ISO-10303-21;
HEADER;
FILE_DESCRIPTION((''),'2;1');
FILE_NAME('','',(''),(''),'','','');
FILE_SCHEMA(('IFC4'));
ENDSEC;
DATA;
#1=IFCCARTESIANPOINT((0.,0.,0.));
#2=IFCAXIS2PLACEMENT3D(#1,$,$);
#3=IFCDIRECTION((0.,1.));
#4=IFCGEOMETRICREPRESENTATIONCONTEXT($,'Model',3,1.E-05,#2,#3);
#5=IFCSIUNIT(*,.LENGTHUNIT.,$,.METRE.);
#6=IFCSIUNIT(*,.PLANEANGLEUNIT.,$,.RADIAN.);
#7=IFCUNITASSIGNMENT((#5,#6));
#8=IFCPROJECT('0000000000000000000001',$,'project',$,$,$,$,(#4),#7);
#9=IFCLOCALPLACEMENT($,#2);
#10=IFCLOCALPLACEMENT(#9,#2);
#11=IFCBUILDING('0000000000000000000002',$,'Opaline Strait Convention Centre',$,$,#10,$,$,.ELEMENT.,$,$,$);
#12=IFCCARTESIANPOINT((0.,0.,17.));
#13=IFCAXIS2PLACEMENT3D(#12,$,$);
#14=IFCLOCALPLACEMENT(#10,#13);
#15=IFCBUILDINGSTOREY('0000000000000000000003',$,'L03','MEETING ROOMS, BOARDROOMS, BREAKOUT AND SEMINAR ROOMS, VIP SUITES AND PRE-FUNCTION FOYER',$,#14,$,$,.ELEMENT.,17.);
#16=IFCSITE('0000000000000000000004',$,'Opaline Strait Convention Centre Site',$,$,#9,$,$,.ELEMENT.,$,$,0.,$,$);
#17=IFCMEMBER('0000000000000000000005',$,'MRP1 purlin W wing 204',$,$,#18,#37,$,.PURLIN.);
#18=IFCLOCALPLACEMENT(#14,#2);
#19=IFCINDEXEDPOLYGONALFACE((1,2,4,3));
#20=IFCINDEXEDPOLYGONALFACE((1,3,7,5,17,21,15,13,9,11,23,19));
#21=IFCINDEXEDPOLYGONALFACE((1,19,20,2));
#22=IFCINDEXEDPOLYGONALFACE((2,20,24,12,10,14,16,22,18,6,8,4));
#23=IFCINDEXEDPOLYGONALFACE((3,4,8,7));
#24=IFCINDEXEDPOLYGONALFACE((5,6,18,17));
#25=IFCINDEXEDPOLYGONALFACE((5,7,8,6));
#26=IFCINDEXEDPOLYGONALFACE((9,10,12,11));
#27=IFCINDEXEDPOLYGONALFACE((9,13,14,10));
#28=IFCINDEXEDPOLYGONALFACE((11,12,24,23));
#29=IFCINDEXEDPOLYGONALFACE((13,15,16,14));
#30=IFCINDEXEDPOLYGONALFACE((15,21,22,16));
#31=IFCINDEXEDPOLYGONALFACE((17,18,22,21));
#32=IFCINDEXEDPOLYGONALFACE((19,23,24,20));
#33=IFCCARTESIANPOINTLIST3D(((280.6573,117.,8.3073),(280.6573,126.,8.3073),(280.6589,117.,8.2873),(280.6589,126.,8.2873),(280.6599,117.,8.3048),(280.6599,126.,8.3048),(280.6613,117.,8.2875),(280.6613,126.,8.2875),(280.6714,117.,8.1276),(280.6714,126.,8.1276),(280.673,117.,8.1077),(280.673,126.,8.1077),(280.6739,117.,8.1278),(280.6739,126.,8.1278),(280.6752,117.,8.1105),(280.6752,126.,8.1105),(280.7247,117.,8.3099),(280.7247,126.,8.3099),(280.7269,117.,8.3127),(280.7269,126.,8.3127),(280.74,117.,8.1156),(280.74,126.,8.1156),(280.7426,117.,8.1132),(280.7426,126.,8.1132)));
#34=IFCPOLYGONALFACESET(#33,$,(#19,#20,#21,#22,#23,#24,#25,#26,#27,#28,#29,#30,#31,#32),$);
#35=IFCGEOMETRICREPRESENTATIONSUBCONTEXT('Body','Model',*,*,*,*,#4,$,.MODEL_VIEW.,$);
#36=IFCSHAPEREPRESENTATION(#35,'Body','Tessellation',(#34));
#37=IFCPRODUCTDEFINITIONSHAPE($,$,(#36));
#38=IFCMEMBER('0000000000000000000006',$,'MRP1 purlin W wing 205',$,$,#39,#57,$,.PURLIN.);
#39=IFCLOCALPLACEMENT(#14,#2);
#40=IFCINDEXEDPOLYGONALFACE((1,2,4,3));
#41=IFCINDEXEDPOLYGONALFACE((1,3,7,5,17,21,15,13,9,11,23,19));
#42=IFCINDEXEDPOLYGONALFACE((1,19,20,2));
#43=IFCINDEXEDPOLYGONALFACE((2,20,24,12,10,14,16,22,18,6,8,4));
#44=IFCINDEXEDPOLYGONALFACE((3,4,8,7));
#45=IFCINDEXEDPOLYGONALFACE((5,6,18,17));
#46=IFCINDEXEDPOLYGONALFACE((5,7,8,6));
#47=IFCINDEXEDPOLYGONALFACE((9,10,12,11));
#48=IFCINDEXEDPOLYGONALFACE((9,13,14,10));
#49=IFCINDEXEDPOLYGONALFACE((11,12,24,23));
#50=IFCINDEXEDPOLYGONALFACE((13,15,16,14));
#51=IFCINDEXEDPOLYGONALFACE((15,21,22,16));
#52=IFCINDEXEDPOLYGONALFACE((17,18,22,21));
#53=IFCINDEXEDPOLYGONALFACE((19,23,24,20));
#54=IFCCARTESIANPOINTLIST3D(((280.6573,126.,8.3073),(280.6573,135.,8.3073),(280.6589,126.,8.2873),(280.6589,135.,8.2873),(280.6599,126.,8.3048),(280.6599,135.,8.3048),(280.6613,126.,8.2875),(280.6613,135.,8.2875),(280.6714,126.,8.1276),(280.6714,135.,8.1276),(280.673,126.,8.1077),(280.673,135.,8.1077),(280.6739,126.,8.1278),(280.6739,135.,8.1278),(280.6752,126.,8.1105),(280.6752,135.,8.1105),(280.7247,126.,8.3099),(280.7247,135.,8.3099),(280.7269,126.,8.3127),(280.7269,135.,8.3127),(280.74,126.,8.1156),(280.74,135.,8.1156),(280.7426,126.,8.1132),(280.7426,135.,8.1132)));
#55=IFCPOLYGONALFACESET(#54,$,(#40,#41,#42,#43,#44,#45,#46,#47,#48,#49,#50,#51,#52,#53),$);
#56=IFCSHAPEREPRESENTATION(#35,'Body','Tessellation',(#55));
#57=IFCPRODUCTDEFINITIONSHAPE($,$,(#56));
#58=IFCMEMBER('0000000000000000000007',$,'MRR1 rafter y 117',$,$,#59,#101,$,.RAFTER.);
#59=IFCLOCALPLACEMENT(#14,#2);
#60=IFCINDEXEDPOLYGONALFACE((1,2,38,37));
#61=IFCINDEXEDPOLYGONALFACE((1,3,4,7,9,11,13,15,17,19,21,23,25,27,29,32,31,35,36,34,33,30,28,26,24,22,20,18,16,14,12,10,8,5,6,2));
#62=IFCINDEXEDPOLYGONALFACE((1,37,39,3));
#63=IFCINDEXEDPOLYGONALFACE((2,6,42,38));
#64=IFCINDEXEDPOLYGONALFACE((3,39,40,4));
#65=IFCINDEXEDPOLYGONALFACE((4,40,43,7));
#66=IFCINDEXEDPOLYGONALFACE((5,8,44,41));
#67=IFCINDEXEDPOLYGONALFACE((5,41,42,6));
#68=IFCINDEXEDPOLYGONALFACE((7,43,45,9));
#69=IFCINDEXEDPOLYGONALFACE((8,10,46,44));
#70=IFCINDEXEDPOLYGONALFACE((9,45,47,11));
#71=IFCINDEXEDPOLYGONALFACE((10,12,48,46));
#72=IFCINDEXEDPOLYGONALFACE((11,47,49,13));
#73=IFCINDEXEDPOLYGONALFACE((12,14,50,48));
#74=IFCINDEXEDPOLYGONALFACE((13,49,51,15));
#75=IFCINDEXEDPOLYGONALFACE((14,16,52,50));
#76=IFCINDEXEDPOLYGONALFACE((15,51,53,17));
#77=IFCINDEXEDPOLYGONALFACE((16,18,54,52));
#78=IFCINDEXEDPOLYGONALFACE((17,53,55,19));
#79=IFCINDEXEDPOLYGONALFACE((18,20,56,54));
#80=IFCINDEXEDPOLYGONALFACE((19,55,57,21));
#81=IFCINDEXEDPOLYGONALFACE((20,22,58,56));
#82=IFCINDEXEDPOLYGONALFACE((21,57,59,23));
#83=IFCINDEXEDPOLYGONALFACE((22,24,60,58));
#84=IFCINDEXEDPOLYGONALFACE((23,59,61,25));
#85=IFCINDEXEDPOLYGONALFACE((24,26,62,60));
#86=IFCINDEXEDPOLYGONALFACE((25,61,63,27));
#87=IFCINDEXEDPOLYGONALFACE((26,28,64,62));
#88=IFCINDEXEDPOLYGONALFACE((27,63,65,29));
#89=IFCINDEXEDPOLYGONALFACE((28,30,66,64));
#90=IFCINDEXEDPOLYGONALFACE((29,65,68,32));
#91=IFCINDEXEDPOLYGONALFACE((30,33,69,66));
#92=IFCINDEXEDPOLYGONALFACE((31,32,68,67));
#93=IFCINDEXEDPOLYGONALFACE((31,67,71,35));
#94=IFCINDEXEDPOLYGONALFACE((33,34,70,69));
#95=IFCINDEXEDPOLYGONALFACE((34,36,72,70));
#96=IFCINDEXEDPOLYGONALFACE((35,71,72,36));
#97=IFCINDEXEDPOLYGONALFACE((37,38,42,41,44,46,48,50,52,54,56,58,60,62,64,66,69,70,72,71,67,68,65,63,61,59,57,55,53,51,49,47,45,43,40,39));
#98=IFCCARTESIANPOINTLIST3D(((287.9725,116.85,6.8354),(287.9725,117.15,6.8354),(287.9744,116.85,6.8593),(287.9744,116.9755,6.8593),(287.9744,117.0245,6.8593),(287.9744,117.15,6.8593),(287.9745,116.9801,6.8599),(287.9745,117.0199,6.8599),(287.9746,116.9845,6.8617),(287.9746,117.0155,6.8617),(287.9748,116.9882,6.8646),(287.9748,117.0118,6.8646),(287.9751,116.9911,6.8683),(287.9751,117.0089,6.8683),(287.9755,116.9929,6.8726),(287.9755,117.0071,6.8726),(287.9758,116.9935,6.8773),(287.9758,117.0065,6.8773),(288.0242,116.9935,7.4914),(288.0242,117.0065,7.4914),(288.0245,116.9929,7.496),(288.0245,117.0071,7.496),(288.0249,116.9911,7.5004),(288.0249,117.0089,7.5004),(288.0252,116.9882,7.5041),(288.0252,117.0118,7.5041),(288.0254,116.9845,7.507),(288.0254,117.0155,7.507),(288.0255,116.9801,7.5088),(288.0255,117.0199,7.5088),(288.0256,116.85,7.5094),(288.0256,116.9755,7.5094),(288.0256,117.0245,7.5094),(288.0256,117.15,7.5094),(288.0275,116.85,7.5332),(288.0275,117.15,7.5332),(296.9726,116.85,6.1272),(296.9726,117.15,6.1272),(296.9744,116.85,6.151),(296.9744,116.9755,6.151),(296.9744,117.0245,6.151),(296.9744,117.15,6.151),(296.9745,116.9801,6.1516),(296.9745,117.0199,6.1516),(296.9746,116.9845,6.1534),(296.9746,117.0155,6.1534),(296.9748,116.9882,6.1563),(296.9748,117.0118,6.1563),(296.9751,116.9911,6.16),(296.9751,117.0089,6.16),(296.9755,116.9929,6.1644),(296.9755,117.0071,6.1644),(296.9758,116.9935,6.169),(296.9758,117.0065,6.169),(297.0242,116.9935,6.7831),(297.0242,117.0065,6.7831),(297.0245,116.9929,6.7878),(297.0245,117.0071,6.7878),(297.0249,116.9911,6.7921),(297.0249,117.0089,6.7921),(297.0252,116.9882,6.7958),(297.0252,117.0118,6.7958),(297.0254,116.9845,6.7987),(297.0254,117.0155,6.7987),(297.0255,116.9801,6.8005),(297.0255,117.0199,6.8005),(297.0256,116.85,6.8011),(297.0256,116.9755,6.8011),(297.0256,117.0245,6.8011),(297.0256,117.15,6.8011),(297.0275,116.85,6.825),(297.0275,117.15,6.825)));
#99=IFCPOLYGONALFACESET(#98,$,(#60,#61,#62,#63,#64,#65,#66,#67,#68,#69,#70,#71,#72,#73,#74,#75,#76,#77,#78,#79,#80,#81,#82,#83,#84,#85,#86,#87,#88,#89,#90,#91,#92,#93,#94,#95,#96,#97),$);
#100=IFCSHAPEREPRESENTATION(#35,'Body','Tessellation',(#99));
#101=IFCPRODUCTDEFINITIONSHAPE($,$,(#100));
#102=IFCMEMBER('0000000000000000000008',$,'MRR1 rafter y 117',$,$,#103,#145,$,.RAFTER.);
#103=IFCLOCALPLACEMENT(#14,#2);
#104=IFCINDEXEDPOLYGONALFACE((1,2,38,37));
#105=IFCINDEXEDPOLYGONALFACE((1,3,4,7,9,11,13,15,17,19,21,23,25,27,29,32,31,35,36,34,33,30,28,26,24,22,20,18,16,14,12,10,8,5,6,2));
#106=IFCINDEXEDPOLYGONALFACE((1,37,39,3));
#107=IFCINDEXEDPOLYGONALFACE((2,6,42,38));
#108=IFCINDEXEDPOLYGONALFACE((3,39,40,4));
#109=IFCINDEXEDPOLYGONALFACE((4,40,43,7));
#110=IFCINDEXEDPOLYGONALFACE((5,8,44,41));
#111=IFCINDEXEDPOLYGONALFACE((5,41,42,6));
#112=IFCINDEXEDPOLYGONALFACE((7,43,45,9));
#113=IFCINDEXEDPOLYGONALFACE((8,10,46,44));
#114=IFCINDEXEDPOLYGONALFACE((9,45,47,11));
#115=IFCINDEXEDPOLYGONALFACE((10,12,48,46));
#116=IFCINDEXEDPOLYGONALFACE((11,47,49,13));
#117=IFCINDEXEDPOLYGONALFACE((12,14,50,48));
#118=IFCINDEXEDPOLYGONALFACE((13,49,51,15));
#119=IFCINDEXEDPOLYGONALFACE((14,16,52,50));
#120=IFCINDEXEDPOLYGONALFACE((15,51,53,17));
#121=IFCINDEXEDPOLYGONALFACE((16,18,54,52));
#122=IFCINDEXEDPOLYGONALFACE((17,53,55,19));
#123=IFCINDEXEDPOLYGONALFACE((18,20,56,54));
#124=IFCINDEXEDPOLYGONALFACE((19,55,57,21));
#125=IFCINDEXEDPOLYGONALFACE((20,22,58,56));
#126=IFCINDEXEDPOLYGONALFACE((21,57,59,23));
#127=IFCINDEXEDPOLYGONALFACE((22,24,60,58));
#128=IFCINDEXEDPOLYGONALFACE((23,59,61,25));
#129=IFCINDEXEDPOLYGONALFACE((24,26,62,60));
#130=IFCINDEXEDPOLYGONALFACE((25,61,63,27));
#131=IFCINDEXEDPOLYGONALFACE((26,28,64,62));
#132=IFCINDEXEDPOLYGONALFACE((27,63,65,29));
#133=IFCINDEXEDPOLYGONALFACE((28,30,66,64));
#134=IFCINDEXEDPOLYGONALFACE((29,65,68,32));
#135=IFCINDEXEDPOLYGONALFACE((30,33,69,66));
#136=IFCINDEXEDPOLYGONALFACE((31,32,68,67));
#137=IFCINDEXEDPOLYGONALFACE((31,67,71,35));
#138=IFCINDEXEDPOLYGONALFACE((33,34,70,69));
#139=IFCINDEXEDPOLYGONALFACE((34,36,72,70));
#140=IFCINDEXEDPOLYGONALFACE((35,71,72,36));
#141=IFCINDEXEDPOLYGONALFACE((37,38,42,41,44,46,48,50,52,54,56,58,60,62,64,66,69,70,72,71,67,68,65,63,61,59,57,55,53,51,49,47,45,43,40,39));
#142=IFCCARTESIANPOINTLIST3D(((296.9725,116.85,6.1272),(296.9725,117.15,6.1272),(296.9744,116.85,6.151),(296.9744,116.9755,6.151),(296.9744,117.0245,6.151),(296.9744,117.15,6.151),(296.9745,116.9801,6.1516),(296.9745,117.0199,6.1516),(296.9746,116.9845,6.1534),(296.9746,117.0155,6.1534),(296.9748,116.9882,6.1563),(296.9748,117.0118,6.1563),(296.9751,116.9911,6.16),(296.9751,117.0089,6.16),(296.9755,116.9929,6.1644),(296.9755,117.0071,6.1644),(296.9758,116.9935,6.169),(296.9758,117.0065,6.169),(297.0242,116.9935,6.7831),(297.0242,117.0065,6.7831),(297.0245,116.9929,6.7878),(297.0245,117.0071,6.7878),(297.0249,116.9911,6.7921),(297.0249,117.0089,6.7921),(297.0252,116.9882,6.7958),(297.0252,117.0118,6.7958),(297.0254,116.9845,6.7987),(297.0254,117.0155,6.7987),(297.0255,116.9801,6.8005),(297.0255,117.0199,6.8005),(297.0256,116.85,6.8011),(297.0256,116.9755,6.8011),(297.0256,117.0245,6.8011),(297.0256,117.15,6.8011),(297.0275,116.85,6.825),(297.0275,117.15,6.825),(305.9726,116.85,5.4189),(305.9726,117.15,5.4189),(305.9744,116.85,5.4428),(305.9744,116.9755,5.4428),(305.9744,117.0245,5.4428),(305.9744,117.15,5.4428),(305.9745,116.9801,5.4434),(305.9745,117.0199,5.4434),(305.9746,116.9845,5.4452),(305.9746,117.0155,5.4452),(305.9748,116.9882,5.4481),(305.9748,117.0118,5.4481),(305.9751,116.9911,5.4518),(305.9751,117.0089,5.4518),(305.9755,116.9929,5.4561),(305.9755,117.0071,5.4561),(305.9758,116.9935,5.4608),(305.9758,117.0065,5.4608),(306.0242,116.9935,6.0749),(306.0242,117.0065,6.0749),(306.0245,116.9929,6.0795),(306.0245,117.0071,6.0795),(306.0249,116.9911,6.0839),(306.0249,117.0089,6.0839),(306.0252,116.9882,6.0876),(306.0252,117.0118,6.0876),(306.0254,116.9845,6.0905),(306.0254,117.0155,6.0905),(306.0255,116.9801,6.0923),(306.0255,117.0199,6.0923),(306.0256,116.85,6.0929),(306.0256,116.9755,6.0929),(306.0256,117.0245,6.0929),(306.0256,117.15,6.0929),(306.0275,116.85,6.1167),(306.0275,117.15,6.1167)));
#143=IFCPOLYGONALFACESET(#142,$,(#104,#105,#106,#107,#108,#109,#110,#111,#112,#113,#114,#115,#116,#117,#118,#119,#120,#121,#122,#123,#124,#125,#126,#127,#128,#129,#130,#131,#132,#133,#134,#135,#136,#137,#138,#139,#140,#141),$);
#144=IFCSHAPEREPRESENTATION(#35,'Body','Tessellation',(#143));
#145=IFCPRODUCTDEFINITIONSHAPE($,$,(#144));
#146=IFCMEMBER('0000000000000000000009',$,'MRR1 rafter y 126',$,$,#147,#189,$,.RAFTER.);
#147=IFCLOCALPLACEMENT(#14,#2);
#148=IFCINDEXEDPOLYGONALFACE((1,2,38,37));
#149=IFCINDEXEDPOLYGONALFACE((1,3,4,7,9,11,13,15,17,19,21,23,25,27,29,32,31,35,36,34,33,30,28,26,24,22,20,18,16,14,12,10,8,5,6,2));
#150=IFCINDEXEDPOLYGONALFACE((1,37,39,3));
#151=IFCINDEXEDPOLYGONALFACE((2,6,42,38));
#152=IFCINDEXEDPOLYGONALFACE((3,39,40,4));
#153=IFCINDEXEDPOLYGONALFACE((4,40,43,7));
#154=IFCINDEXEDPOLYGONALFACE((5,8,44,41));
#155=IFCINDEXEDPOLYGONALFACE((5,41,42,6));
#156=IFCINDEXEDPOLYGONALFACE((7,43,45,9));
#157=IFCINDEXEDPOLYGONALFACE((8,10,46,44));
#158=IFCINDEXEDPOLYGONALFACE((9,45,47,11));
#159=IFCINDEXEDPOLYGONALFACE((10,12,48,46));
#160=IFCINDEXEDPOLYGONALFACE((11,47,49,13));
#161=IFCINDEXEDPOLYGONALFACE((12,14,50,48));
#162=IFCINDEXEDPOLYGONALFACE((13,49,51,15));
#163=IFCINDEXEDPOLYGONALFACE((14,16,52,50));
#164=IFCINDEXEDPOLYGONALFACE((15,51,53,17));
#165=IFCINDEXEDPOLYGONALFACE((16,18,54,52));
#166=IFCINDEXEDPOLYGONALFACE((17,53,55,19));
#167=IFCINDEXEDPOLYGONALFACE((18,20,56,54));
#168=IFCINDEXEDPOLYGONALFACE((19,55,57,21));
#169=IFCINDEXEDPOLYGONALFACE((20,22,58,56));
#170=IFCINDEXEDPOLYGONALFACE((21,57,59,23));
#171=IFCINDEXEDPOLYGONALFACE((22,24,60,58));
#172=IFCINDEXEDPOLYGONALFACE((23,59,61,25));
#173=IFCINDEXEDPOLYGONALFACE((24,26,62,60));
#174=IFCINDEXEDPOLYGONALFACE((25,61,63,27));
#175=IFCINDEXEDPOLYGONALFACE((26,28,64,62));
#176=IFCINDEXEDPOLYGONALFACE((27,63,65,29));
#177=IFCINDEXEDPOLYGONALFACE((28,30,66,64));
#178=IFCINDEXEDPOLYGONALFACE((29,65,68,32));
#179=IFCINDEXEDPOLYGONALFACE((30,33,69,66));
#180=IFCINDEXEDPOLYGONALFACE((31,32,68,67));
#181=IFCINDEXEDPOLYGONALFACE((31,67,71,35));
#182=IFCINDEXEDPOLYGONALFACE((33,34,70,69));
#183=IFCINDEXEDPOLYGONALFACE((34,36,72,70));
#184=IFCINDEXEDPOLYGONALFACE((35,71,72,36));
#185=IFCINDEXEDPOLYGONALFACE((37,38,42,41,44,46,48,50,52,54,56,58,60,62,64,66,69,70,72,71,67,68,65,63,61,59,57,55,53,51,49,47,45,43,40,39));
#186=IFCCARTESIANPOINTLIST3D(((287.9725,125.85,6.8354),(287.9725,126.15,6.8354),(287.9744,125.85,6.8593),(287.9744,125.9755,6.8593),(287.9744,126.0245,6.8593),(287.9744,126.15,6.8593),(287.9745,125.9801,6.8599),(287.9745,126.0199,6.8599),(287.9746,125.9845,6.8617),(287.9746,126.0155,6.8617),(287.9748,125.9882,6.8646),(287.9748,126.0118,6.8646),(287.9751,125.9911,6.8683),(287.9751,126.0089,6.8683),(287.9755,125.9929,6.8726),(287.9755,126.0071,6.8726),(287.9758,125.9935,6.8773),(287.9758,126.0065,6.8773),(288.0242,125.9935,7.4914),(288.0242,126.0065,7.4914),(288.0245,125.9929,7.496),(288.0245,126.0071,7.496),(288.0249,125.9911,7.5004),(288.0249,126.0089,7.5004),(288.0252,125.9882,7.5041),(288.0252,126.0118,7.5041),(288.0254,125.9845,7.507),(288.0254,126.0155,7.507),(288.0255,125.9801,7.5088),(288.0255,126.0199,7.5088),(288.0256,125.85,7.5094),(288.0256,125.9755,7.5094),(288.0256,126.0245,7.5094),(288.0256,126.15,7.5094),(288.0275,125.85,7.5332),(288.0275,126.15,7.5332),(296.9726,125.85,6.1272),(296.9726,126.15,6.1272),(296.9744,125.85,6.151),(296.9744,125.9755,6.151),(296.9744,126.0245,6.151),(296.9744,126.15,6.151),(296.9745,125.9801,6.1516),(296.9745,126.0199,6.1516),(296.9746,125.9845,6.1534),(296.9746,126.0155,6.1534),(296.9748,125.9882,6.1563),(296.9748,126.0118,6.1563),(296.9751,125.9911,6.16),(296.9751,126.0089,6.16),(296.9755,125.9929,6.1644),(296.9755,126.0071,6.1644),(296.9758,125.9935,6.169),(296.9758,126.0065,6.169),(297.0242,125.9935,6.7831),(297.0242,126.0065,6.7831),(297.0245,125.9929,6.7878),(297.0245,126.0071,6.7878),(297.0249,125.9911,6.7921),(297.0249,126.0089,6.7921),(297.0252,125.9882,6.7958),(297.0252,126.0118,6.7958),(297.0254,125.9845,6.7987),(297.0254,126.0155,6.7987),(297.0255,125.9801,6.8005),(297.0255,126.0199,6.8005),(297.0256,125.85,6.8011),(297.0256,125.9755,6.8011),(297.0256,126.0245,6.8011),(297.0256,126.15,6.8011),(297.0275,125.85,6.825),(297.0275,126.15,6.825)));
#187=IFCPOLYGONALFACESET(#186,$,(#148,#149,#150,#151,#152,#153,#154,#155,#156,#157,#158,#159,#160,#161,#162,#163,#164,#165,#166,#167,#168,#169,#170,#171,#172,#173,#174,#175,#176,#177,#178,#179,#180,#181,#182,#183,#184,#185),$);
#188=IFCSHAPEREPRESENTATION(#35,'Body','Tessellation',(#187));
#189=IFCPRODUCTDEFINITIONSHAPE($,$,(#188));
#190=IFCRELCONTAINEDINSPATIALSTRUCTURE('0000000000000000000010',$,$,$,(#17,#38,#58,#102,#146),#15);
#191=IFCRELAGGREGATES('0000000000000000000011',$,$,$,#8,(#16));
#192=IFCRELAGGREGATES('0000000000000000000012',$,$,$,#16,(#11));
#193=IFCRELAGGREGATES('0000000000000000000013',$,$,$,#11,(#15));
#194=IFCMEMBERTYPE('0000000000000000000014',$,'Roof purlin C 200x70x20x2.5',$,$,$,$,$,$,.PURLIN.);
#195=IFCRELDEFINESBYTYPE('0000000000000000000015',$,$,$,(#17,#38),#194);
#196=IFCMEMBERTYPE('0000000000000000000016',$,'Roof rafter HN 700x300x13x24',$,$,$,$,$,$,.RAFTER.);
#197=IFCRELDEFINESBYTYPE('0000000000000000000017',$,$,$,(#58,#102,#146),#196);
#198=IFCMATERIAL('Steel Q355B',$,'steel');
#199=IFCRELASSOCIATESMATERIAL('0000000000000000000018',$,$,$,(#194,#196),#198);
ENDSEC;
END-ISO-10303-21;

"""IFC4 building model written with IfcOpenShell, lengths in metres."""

from ifc_helpers import new_model, si_unit, direction, frame, origin, origin_2d, place, context, subcontext, project, spatial, polyline, i_section, outline, extrude, material, material_profile, profile_set, type_object, element, save


model = new_model("IFC4")

# Units and contexts
model_context = context("Model", 3, precision=1e-05, world=origin(), true_north=direction((0.0, 1.0)))
body_context = subcontext(model_context, "Body", "Model", "MODEL_VIEW")
ifc_project = project(units=[si_unit("LENGTHUNIT", "METRE"), si_unit("PLANEANGLEUNIT", "RADIAN")], contexts=[model_context])

# Site, building, storey
site_placement = place(None, origin())
site = spatial("IfcSite", under=ifc_project, at=site_placement, Name="Opaline Strait Convention Centre Site", CompositionType="ELEMENT", RefElevation=0.0)
building_placement = place(site_placement, origin())
building = spatial("IfcBuilding", under=site, at=building_placement, Name="Opaline Strait Convention Centre", CompositionType="ELEMENT")
storey_placement = place(building_placement, frame((0.0, 0.0, 17.0)))
storey = spatial("IfcBuildingStorey", under=building, at=storey_placement, Name="L03", Description="MEETING ROOMS, BOARDROOMS, BREAKOUT AND SEMINAR ROOMS, VIP SUITES AND PRE-FUNCTION FOYER", CompositionType="ELEMENT", Elevation=17.0)

# Shared definitions
ifc_material_1 = material(Name="Steel Q355B", Category="steel")

# Members
ifc_material_profile_1 = material_profile(ifc_material_1, outline(polyline([(-0.0349, -0.1001), (0.0349, -0.1001), (0.0349, -0.0801), (0.0325, -0.0801), (0.0325, -0.0974), (-0.0325, -0.0974), (-0.0325, 0.0974), (0.0325, 0.0974), (0.0325, 0.0801), (0.0349, 0.0801), (0.0349, 0.1001), (-0.0349, 0.1001), (-0.0349, -0.1001)])), Name="C 200x70x20x2.5")
ifc_profile_set_1 = profile_set([ifc_material_profile_1], Name="Steel Q355B")
member_type_1 = type_object("IfcMemberType", Name="Roof purlin C 200x70x20x2.5", PredefinedType="PURLIN", material=ifc_profile_set_1)
for number, where, z_axis, x_axis, name in (
    (1, (280.7, 117.0, 8.2102), (0.0, 1.0, 0.0), (-0.996917, 0.0, -0.078459), "MRP1 purlin W wing 204"),
    (2, (280.7, 126.0, 8.2102), (0.0, 1.0, 0.0), (-0.996917, 0.0, -0.078459), "MRP1 purlin W wing 205"),
):
    element("IfcMember", number, at=place(storey_placement, frame(where, z_axis=z_axis, x_axis=x_axis)), inside=storey, type_object=member_type_1, Name=name, PredefinedType="PURLIN", context=body_context, shape_type="SweptSolid", body=[
        extrude(outline(polyline([(-0.0349, -0.1001), (0.0349, -0.1001), (0.0349, -0.0801), (0.0325, -0.0801), (0.0325, -0.0974), (-0.0325, -0.0974), (-0.0325, 0.0974), (0.0325, 0.0974), (0.0325, 0.0801), (0.0349, 0.0801), (0.0349, 0.1001), (-0.0349, 0.1001), (-0.0349, -0.1001)])), origin(), (0.0, 0.0, 1.0), 9.0),
    ])
ifc_material_profile_2 = material_profile(ifc_material_1, i_section(OverallWidth=0.3, OverallDepth=0.7, WebThickness=0.0129, FlangeThickness=0.0239, FilletRadius=0.0181, at=origin_2d()), Name="HN 700x300x13x24")
ifc_profile_set_2 = profile_set([ifc_material_profile_2], Name="Steel Q355B")
member_type_2 = type_object("IfcMemberType", Name="Roof rafter HN 700x300x13x24", PredefinedType="RAFTER", material=ifc_profile_set_2)
for number, where, z_axis, x_axis, name in (
    (3, (288.0, 117.0, 7.1843), (0.996918, 0.0, -0.078452), (0.0, 1.0, 0.0), "MRR1 rafter y 117"),
    (4, (297.0, 117.0, 6.4761), (0.996918, 0.0, -0.078452), (0.0, 1.0, 0.0), "MRR1 rafter y 117"),
    (5, (288.0, 126.0, 7.1843), (0.996918, 0.0, -0.078452), (0.0, 1.0, 0.0), "MRR1 rafter y 126"),
):
    element("IfcMember", number, at=place(storey_placement, frame(where, z_axis=z_axis, x_axis=x_axis)), inside=storey, type_object=member_type_2, Name=name, PredefinedType="RAFTER", context=body_context, shape_type="SweptSolid", body=[
        extrude(i_section(OverallWidth=0.3, OverallDepth=0.7, WebThickness=0.0129, FlangeThickness=0.0239, FilletRadius=0.0181, at=origin_2d()), origin(), (0.0, 0.0, 1.0), 9.0278),
    ])

save(model, "model.ifc")
